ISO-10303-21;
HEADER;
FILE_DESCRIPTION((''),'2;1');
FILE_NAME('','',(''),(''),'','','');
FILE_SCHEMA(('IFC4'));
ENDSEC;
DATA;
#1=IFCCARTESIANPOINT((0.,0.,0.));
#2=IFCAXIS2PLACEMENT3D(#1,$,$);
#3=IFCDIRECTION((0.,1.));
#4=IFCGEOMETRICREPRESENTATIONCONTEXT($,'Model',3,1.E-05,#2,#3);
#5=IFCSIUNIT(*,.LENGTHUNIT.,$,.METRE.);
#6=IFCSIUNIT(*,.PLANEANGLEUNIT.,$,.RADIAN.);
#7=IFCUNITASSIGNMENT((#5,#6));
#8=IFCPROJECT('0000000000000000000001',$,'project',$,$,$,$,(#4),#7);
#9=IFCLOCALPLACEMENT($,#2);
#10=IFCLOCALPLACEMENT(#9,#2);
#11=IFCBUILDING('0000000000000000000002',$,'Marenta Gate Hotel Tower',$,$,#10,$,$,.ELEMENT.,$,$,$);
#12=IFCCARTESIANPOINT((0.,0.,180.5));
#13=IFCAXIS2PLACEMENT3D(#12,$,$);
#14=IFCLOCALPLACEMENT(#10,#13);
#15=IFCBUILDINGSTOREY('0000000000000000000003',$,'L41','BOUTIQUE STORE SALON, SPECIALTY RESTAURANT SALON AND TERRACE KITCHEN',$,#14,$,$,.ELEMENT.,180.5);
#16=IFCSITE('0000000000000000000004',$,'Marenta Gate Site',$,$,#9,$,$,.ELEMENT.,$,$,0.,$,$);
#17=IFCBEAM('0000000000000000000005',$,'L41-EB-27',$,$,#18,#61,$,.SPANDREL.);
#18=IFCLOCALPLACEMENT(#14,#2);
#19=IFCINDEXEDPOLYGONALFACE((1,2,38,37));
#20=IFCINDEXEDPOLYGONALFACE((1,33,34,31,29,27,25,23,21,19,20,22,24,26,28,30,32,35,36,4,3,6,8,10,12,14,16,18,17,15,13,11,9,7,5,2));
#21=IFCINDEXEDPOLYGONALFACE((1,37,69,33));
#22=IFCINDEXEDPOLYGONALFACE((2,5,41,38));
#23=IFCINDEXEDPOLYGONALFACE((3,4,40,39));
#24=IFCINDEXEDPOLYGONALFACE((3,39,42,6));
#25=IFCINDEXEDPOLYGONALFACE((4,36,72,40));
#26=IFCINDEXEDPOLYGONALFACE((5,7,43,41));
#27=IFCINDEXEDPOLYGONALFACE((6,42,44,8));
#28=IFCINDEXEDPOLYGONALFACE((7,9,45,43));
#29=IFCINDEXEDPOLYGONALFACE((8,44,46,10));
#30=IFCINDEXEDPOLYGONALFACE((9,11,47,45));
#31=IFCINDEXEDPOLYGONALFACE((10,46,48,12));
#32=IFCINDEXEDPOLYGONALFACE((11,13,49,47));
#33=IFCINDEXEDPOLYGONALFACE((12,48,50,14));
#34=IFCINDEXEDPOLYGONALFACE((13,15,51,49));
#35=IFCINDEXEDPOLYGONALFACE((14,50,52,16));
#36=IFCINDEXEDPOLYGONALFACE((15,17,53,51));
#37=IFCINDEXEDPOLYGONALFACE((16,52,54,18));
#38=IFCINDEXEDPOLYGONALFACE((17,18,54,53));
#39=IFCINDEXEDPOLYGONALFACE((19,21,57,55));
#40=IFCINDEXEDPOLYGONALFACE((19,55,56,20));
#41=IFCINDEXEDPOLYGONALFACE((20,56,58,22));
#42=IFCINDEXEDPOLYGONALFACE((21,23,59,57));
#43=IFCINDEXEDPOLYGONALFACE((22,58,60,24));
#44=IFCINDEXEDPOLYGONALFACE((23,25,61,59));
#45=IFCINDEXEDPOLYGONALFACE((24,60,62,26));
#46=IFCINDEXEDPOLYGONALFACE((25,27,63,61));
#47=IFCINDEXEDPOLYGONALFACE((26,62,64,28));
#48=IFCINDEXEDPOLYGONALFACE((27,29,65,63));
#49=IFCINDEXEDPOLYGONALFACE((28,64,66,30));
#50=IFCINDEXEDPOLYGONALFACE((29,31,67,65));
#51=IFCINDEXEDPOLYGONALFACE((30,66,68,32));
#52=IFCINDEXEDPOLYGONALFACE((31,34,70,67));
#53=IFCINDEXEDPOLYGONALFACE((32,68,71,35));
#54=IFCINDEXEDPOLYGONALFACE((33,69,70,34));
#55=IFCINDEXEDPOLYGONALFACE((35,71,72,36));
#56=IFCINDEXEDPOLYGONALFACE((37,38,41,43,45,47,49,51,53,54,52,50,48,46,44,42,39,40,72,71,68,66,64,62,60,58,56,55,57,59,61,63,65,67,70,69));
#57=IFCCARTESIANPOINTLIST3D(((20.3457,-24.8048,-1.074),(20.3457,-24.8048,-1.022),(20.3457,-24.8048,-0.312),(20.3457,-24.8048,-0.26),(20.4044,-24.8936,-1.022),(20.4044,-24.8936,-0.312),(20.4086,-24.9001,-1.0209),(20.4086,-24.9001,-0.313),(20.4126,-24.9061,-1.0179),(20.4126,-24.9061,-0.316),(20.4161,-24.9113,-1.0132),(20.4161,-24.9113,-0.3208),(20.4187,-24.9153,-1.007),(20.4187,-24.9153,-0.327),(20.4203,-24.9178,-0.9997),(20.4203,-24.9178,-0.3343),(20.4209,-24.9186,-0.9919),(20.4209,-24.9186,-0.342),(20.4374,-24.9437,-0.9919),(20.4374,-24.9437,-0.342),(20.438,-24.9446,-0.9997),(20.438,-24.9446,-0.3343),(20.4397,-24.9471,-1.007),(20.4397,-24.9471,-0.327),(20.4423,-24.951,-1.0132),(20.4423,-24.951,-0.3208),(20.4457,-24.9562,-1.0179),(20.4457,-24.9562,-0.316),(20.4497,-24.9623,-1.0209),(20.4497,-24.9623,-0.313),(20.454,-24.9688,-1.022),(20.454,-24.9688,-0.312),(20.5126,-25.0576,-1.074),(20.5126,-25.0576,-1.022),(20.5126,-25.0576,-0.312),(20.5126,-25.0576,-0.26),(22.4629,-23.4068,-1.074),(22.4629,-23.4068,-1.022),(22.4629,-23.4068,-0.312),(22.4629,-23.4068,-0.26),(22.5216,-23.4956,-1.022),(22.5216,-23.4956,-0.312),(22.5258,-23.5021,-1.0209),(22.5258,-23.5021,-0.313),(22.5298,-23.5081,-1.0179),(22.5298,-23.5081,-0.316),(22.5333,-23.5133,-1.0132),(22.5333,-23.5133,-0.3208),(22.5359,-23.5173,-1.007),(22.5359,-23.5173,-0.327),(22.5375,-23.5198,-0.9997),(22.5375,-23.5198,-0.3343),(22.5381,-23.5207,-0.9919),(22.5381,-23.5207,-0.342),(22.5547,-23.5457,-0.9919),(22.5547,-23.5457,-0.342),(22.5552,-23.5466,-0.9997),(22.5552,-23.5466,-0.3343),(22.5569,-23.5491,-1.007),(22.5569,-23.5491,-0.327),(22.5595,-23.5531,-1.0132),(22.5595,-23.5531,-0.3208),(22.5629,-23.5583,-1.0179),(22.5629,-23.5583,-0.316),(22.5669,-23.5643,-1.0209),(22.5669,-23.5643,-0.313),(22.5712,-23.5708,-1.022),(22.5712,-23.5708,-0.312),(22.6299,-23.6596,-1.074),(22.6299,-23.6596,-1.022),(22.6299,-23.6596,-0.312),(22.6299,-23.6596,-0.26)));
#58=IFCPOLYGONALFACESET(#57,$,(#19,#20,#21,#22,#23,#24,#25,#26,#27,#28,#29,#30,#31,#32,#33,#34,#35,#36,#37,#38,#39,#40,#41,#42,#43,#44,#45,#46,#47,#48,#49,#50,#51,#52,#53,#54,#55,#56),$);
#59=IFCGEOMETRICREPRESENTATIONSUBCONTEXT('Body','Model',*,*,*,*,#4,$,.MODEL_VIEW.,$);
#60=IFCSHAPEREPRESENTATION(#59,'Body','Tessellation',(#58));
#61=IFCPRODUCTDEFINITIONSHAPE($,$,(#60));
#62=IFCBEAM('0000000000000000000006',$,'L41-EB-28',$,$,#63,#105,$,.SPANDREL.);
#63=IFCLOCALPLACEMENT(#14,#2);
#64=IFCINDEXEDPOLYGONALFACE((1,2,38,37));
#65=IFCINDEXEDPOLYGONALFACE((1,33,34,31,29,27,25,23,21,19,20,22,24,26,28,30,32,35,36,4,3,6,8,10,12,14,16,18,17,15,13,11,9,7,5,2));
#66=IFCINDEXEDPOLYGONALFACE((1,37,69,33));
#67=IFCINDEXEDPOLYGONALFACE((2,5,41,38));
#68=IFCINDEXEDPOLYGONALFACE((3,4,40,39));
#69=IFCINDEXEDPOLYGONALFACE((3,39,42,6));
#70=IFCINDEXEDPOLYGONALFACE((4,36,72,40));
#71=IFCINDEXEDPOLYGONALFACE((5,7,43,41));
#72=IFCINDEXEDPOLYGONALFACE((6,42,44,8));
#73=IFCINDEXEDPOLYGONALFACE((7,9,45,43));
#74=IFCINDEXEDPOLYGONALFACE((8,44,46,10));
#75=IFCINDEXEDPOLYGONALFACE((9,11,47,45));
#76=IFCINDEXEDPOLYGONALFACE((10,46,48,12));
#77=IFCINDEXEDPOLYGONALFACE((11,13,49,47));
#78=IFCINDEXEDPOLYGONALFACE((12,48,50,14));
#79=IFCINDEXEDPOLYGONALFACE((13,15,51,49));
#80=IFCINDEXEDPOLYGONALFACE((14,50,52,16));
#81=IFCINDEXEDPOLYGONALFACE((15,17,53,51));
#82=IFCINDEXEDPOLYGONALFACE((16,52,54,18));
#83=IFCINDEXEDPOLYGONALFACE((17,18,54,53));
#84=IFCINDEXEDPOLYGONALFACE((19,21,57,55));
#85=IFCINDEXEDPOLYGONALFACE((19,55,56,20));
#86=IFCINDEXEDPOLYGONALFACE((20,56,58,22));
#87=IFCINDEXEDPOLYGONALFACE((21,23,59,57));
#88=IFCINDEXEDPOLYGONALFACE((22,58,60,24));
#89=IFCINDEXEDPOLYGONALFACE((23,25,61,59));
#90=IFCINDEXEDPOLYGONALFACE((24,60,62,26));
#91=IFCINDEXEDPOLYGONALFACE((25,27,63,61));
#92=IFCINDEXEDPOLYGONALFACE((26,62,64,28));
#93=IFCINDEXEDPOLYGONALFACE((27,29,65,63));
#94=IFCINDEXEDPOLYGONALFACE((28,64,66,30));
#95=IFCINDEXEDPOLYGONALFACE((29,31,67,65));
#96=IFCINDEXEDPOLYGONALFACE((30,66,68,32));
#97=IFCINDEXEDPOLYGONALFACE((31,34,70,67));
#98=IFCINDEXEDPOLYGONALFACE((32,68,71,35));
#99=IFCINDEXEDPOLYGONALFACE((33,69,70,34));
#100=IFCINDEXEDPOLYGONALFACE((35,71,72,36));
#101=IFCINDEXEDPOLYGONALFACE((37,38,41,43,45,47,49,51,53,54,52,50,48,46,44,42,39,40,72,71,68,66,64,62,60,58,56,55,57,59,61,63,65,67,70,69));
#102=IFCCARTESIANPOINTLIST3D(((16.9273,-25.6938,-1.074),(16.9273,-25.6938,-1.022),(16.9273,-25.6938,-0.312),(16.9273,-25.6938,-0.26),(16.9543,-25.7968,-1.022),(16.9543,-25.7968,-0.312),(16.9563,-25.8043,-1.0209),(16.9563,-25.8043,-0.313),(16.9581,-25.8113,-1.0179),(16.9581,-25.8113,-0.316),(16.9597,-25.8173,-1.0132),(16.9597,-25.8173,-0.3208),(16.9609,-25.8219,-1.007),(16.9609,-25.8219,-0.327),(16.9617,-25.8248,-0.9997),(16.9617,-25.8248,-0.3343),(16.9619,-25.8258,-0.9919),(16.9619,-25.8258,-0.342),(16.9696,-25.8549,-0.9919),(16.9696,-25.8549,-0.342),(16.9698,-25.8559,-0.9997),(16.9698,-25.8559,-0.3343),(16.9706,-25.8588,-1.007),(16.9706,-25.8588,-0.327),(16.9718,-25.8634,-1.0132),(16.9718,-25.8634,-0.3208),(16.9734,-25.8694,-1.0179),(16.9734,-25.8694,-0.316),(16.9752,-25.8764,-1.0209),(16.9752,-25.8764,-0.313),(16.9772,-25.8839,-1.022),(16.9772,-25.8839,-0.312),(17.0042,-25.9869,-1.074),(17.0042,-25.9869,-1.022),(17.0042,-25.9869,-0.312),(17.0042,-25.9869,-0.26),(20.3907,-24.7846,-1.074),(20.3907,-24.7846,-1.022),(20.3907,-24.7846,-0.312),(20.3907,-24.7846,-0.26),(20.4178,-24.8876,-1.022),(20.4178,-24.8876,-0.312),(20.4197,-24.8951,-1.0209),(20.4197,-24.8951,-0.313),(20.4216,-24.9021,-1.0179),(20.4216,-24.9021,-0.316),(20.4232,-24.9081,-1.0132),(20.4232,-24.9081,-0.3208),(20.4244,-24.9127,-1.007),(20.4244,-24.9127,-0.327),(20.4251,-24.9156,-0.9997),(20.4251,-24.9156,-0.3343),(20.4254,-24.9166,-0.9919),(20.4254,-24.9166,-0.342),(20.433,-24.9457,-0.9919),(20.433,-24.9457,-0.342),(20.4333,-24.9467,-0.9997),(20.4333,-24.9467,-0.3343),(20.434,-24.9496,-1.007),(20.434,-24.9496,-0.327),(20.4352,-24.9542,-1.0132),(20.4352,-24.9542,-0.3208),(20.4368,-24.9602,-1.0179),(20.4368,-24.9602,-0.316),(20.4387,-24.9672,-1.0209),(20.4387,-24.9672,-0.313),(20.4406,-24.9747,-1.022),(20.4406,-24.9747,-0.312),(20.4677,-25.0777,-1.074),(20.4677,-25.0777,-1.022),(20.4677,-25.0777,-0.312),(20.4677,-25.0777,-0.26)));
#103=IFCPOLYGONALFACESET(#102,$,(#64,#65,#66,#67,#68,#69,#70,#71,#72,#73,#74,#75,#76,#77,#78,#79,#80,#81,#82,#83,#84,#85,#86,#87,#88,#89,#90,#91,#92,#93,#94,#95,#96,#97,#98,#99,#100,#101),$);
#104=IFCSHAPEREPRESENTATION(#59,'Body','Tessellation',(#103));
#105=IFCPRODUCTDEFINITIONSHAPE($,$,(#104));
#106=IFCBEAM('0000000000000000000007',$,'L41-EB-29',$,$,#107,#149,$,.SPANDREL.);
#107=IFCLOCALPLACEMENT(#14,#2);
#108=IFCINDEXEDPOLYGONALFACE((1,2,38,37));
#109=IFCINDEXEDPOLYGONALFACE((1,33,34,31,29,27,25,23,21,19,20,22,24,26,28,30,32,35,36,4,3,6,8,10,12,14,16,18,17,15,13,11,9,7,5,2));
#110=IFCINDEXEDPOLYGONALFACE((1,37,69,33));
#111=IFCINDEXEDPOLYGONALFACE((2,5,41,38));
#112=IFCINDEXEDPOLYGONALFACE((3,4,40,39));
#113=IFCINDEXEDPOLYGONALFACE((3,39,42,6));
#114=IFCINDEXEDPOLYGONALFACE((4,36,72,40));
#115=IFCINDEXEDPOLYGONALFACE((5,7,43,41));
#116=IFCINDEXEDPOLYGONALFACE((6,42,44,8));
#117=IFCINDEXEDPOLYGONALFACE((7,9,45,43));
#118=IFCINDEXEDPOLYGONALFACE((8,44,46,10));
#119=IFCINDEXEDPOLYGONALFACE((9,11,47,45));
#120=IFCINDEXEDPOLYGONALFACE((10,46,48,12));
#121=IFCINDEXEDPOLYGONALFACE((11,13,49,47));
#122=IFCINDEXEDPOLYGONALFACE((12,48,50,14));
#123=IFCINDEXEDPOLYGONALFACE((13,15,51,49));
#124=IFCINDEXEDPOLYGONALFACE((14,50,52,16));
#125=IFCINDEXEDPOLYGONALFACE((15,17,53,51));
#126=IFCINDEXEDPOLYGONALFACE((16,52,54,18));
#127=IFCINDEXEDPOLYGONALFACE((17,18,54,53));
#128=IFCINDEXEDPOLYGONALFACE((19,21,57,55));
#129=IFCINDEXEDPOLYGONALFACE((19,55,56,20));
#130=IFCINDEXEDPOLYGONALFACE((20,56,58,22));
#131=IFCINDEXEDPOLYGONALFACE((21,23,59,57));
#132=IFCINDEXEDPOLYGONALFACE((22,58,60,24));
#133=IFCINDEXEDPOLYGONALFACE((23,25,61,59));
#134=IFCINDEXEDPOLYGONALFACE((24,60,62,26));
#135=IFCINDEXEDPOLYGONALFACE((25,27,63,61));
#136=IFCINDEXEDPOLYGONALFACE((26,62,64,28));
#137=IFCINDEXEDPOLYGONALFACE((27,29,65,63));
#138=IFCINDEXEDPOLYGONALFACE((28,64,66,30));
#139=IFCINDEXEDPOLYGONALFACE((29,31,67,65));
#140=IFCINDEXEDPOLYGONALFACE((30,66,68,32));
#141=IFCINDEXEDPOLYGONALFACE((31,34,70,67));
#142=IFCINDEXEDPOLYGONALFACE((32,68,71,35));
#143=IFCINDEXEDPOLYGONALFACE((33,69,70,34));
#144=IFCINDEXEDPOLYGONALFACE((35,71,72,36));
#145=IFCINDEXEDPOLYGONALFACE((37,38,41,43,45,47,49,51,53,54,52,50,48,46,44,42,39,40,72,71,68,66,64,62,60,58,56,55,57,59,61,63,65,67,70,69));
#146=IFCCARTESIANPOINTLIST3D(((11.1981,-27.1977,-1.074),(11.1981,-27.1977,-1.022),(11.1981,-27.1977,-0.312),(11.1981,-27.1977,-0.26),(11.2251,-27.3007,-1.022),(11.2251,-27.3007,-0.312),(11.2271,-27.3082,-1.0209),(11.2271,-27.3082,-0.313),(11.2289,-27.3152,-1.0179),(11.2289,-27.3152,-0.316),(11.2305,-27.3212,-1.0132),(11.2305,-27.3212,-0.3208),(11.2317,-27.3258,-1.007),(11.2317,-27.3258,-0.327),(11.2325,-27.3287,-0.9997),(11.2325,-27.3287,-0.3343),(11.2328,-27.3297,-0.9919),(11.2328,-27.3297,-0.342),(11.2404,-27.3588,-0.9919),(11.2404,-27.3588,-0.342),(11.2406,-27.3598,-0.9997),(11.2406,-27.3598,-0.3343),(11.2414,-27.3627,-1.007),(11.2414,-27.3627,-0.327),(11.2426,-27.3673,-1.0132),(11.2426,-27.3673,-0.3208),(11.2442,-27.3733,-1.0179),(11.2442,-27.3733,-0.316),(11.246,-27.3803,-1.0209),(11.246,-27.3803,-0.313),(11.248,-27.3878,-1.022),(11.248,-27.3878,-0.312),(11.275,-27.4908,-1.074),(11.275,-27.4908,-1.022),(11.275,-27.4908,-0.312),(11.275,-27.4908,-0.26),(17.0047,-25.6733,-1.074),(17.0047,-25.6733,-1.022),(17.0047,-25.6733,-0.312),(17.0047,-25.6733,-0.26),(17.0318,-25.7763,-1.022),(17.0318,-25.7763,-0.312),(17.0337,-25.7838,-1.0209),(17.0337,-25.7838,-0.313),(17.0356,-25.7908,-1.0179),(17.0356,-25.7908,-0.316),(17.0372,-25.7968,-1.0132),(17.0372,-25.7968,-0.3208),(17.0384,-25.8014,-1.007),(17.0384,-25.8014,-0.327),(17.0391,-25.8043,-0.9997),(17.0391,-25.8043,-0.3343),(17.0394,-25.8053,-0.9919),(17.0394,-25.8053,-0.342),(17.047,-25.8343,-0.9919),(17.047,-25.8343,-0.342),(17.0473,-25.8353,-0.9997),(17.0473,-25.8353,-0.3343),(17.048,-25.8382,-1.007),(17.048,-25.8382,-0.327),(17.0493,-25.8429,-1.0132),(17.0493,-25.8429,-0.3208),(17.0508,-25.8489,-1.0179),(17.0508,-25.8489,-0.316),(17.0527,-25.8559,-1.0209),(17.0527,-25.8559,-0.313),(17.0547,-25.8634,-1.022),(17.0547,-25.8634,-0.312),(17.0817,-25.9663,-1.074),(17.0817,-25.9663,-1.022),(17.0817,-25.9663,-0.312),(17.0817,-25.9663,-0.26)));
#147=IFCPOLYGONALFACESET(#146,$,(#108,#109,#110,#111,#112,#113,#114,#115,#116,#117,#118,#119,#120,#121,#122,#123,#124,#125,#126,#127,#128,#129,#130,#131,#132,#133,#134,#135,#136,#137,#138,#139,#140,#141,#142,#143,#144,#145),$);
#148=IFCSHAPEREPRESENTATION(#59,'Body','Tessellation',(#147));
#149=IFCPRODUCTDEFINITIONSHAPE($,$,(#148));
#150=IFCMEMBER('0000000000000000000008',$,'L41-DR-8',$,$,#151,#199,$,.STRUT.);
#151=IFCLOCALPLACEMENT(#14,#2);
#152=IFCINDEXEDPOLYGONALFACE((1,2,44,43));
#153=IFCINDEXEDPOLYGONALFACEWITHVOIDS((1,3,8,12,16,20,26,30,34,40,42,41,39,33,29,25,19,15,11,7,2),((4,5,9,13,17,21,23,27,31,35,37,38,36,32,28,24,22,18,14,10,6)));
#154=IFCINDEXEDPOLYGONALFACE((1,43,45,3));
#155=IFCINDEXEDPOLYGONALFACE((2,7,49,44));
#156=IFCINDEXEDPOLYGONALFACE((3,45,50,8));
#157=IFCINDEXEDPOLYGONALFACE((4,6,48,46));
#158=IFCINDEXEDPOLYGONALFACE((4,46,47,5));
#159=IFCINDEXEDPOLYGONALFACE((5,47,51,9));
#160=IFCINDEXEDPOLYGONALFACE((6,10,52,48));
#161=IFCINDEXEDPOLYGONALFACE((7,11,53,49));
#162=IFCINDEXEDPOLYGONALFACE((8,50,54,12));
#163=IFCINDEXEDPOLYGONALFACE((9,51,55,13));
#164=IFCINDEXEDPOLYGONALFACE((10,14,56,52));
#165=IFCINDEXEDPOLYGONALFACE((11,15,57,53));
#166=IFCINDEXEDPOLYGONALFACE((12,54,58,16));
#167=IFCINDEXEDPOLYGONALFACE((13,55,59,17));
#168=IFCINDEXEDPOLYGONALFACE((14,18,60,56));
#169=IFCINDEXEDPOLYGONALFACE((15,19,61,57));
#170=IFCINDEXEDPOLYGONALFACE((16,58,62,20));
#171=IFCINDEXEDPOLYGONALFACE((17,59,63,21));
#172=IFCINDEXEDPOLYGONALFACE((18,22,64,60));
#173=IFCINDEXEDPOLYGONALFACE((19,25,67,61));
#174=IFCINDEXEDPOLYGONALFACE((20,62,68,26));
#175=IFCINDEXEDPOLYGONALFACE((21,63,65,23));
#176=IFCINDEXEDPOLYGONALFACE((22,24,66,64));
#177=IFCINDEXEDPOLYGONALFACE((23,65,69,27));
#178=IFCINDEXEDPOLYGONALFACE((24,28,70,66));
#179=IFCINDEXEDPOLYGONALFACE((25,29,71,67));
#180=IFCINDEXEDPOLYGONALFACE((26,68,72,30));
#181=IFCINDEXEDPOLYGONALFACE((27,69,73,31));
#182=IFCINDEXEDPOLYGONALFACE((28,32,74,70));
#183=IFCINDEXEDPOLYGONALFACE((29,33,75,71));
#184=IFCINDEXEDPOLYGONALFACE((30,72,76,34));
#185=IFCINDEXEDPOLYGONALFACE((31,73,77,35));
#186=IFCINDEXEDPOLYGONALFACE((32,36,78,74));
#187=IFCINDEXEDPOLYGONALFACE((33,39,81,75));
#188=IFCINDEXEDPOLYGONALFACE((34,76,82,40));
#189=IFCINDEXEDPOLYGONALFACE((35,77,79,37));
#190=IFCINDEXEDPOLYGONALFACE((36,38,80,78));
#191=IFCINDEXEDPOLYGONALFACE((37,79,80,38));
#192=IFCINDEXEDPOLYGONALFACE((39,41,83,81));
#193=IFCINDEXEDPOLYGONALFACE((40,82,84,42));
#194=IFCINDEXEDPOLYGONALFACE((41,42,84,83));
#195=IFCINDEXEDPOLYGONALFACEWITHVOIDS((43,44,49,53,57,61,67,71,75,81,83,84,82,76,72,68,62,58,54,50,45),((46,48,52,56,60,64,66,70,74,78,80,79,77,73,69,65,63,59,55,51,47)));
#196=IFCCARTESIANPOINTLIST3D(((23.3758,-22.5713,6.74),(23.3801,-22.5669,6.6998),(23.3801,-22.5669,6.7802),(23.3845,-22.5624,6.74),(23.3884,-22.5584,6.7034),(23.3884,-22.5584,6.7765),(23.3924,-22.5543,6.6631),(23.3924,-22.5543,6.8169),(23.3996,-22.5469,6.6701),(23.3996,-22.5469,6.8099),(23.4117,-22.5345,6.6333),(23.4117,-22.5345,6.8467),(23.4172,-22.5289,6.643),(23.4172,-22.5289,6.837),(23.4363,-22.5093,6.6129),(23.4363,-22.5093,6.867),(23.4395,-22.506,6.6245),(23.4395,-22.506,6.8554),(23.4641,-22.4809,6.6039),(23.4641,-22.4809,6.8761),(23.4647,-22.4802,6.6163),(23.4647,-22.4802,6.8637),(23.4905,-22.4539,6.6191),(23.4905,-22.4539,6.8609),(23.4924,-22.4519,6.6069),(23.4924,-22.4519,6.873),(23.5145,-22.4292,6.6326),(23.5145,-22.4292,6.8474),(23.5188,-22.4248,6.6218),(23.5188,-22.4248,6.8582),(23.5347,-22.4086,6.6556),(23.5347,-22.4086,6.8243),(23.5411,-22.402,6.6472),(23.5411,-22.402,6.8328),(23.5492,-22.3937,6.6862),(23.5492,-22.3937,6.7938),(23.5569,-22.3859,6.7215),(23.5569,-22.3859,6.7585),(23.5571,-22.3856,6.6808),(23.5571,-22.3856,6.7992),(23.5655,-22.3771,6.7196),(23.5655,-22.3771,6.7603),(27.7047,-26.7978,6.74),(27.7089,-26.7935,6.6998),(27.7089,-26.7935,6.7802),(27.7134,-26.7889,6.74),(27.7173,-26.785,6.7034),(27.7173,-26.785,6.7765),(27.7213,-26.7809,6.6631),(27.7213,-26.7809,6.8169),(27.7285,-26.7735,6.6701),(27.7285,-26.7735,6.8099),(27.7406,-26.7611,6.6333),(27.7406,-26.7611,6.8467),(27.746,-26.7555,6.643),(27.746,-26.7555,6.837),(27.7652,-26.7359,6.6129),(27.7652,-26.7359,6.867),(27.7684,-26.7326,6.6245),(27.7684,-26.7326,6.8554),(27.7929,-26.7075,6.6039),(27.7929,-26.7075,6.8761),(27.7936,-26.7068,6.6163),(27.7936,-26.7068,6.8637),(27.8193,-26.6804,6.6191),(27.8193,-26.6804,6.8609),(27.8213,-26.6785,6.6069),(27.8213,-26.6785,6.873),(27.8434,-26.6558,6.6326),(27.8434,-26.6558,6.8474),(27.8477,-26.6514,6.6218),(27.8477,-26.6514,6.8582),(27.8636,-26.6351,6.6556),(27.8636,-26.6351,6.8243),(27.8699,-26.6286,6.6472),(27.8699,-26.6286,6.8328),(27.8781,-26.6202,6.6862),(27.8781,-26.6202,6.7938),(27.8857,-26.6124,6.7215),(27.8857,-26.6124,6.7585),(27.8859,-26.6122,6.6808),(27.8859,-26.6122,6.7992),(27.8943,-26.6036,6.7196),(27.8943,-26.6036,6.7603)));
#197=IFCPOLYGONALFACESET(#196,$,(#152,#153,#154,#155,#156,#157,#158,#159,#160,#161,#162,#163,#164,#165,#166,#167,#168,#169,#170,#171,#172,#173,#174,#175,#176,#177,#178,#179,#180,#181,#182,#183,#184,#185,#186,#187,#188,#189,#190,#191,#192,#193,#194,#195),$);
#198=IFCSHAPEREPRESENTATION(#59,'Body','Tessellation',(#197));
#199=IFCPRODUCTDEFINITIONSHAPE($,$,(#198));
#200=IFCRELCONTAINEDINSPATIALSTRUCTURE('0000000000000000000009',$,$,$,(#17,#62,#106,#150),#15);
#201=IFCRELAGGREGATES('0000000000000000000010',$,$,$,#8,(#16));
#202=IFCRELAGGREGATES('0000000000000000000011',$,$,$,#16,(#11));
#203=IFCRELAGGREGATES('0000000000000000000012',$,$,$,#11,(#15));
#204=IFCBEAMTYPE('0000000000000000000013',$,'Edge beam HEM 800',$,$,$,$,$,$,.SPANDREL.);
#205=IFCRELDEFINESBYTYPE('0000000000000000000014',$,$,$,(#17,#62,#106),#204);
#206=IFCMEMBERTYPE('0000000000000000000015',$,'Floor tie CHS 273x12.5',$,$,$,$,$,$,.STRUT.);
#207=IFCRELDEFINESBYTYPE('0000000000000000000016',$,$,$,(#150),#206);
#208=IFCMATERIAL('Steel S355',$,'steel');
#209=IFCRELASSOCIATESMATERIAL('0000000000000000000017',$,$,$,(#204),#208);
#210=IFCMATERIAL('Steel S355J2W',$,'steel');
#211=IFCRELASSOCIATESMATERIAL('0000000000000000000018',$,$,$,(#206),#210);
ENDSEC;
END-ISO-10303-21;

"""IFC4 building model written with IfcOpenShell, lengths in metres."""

from ifc_helpers import new_model, si_unit, direction, frame, origin, origin_2d, place, context, subcontext, project, spatial, hollow_circle, i_section, extrude, material, material_profile, profile_set, type_object, element, save


model = new_model("IFC4")

# Units and contexts
model_context = context("Model", 3, precision=1e-05, world=origin(), true_north=direction((0.0, 1.0)))
body_context = subcontext(model_context, "Body", "Model", "MODEL_VIEW")
ifc_project = project(units=[si_unit("LENGTHUNIT", "METRE"), si_unit("PLANEANGLEUNIT", "RADIAN")], contexts=[model_context])

# Site, building, storey
site_placement = place(None, origin())
site = spatial("IfcSite", under=ifc_project, at=site_placement, Name="Marenta Gate Site", CompositionType="ELEMENT", RefElevation=0.0)
building_placement = place(site_placement, origin())
building = spatial("IfcBuilding", under=site, at=building_placement, Name="Marenta Gate Hotel Tower", CompositionType="ELEMENT")
storey_placement = place(building_placement, frame((0.0, 0.0, 180.5)))
storey = spatial("IfcBuildingStorey", under=building, at=storey_placement, Name="L41", Description="BOUTIQUE STORE SALON, SPECIALTY RESTAURANT SALON AND TERRACE KITCHEN", CompositionType="ELEMENT", Elevation=180.5)

# Beams
ifc_material_1 = material(Name="Steel S355", Category="steel")
ifc_material_profile_1 = material_profile(ifc_material_1, i_section(OverallWidth=0.303, OverallDepth=0.814, WebThickness=0.03, FlangeThickness=0.052, FilletRadius=0.03, at=origin_2d()), Name="HEM 800")
ifc_profile_set_1 = profile_set([ifc_material_profile_1], Name="Steel S355")
beam_type_1 = type_object("IfcBeamType", Name="Edge beam HEM 800", PredefinedType="SPANDREL", material=ifc_profile_set_1)
beam_1_placement = place(storey_placement, frame((22.5464, -23.5332, -0.667), z_axis=(-0.8345, -0.551008, 0.0), x_axis=(0.551008, -0.8345, 0.0)))
element("IfcBeam", 1, at=beam_1_placement, inside=storey, type_object=beam_type_1, Name="L41-EB-27", PredefinedType="SPANDREL", context=body_context, shape_type="SweptSolid", body=[
    extrude(i_section(OverallWidth=0.303, OverallDepth=0.814, WebThickness=0.03, FlangeThickness=0.052, FilletRadius=0.03, at=origin_2d()), origin(), (0.0, 0.0, 1.0), 2.5371),
])
beam_2_placement = place(storey_placement, frame((20.4292, -24.9312, -0.667), z_axis=(-0.967228, -0.253909, 0.0), x_axis=(0.253909, -0.967228, 0.0)))
element("IfcBeam", 2, at=beam_2_placement, inside=storey, type_object=beam_type_1, Name="L41-EB-28", PredefinedType="SPANDREL", context=body_context, shape_type="SweptSolid", body=[
    extrude(i_section(OverallWidth=0.303, OverallDepth=0.814, WebThickness=0.03, FlangeThickness=0.052, FilletRadius=0.03, at=origin_2d()), origin(), (0.0, 0.0, 1.0), 3.5808),
])
beam_3_placement = place(storey_placement, frame((17.0432, -25.8198, -0.667), z_axis=(-0.967224, -0.253925, 0.0), x_axis=(0.253925, -0.967224, 0.0)))
element("IfcBeam", 3, at=beam_3_placement, inside=storey, type_object=beam_type_1, Name="L41-EB-29", PredefinedType="SPANDREL", context=body_context, shape_type="SweptSolid", body=[
    extrude(i_section(OverallWidth=0.303, OverallDepth=0.814, WebThickness=0.03, FlangeThickness=0.052, FilletRadius=0.03, at=origin_2d()), origin(), (0.0, 0.0, 1.0), 6.0034),
])

# Member
ifc_material_2 = material(Name="Steel S355J2W", Category="steel")
ifc_material_profile_2 = material_profile(ifc_material_2, hollow_circle(Radius=0.1365, WallThickness=0.0125, at=origin_2d()), Name="CHS 273x12.5")
ifc_profile_set_2 = profile_set([ifc_material_profile_2], Name="Steel S355J2W")
member_type_1 = type_object("IfcMemberType", Name="Floor tie CHS 273x12.5", PredefinedType="STRUT", material=ifc_profile_set_2)
member_1_placement = place(storey_placement, frame((27.8, -26.7002, 6.74), z_axis=(-0.71551, 0.698602, 0.0), x_axis=(-0.698602, -0.71551, 0.0)))
element("IfcMember", 4, at=member_1_placement, inside=storey, type_object=member_type_1, Name="L41-DR-8", PredefinedType="STRUT", context=body_context, shape_type="SweptSolid", body=[
    extrude(hollow_circle(Radius=0.1365, WallThickness=0.0125, at=origin_2d()), origin(), (0.0, 0.0, 1.0), 6.05),
])

save(model, "model.ifc")
